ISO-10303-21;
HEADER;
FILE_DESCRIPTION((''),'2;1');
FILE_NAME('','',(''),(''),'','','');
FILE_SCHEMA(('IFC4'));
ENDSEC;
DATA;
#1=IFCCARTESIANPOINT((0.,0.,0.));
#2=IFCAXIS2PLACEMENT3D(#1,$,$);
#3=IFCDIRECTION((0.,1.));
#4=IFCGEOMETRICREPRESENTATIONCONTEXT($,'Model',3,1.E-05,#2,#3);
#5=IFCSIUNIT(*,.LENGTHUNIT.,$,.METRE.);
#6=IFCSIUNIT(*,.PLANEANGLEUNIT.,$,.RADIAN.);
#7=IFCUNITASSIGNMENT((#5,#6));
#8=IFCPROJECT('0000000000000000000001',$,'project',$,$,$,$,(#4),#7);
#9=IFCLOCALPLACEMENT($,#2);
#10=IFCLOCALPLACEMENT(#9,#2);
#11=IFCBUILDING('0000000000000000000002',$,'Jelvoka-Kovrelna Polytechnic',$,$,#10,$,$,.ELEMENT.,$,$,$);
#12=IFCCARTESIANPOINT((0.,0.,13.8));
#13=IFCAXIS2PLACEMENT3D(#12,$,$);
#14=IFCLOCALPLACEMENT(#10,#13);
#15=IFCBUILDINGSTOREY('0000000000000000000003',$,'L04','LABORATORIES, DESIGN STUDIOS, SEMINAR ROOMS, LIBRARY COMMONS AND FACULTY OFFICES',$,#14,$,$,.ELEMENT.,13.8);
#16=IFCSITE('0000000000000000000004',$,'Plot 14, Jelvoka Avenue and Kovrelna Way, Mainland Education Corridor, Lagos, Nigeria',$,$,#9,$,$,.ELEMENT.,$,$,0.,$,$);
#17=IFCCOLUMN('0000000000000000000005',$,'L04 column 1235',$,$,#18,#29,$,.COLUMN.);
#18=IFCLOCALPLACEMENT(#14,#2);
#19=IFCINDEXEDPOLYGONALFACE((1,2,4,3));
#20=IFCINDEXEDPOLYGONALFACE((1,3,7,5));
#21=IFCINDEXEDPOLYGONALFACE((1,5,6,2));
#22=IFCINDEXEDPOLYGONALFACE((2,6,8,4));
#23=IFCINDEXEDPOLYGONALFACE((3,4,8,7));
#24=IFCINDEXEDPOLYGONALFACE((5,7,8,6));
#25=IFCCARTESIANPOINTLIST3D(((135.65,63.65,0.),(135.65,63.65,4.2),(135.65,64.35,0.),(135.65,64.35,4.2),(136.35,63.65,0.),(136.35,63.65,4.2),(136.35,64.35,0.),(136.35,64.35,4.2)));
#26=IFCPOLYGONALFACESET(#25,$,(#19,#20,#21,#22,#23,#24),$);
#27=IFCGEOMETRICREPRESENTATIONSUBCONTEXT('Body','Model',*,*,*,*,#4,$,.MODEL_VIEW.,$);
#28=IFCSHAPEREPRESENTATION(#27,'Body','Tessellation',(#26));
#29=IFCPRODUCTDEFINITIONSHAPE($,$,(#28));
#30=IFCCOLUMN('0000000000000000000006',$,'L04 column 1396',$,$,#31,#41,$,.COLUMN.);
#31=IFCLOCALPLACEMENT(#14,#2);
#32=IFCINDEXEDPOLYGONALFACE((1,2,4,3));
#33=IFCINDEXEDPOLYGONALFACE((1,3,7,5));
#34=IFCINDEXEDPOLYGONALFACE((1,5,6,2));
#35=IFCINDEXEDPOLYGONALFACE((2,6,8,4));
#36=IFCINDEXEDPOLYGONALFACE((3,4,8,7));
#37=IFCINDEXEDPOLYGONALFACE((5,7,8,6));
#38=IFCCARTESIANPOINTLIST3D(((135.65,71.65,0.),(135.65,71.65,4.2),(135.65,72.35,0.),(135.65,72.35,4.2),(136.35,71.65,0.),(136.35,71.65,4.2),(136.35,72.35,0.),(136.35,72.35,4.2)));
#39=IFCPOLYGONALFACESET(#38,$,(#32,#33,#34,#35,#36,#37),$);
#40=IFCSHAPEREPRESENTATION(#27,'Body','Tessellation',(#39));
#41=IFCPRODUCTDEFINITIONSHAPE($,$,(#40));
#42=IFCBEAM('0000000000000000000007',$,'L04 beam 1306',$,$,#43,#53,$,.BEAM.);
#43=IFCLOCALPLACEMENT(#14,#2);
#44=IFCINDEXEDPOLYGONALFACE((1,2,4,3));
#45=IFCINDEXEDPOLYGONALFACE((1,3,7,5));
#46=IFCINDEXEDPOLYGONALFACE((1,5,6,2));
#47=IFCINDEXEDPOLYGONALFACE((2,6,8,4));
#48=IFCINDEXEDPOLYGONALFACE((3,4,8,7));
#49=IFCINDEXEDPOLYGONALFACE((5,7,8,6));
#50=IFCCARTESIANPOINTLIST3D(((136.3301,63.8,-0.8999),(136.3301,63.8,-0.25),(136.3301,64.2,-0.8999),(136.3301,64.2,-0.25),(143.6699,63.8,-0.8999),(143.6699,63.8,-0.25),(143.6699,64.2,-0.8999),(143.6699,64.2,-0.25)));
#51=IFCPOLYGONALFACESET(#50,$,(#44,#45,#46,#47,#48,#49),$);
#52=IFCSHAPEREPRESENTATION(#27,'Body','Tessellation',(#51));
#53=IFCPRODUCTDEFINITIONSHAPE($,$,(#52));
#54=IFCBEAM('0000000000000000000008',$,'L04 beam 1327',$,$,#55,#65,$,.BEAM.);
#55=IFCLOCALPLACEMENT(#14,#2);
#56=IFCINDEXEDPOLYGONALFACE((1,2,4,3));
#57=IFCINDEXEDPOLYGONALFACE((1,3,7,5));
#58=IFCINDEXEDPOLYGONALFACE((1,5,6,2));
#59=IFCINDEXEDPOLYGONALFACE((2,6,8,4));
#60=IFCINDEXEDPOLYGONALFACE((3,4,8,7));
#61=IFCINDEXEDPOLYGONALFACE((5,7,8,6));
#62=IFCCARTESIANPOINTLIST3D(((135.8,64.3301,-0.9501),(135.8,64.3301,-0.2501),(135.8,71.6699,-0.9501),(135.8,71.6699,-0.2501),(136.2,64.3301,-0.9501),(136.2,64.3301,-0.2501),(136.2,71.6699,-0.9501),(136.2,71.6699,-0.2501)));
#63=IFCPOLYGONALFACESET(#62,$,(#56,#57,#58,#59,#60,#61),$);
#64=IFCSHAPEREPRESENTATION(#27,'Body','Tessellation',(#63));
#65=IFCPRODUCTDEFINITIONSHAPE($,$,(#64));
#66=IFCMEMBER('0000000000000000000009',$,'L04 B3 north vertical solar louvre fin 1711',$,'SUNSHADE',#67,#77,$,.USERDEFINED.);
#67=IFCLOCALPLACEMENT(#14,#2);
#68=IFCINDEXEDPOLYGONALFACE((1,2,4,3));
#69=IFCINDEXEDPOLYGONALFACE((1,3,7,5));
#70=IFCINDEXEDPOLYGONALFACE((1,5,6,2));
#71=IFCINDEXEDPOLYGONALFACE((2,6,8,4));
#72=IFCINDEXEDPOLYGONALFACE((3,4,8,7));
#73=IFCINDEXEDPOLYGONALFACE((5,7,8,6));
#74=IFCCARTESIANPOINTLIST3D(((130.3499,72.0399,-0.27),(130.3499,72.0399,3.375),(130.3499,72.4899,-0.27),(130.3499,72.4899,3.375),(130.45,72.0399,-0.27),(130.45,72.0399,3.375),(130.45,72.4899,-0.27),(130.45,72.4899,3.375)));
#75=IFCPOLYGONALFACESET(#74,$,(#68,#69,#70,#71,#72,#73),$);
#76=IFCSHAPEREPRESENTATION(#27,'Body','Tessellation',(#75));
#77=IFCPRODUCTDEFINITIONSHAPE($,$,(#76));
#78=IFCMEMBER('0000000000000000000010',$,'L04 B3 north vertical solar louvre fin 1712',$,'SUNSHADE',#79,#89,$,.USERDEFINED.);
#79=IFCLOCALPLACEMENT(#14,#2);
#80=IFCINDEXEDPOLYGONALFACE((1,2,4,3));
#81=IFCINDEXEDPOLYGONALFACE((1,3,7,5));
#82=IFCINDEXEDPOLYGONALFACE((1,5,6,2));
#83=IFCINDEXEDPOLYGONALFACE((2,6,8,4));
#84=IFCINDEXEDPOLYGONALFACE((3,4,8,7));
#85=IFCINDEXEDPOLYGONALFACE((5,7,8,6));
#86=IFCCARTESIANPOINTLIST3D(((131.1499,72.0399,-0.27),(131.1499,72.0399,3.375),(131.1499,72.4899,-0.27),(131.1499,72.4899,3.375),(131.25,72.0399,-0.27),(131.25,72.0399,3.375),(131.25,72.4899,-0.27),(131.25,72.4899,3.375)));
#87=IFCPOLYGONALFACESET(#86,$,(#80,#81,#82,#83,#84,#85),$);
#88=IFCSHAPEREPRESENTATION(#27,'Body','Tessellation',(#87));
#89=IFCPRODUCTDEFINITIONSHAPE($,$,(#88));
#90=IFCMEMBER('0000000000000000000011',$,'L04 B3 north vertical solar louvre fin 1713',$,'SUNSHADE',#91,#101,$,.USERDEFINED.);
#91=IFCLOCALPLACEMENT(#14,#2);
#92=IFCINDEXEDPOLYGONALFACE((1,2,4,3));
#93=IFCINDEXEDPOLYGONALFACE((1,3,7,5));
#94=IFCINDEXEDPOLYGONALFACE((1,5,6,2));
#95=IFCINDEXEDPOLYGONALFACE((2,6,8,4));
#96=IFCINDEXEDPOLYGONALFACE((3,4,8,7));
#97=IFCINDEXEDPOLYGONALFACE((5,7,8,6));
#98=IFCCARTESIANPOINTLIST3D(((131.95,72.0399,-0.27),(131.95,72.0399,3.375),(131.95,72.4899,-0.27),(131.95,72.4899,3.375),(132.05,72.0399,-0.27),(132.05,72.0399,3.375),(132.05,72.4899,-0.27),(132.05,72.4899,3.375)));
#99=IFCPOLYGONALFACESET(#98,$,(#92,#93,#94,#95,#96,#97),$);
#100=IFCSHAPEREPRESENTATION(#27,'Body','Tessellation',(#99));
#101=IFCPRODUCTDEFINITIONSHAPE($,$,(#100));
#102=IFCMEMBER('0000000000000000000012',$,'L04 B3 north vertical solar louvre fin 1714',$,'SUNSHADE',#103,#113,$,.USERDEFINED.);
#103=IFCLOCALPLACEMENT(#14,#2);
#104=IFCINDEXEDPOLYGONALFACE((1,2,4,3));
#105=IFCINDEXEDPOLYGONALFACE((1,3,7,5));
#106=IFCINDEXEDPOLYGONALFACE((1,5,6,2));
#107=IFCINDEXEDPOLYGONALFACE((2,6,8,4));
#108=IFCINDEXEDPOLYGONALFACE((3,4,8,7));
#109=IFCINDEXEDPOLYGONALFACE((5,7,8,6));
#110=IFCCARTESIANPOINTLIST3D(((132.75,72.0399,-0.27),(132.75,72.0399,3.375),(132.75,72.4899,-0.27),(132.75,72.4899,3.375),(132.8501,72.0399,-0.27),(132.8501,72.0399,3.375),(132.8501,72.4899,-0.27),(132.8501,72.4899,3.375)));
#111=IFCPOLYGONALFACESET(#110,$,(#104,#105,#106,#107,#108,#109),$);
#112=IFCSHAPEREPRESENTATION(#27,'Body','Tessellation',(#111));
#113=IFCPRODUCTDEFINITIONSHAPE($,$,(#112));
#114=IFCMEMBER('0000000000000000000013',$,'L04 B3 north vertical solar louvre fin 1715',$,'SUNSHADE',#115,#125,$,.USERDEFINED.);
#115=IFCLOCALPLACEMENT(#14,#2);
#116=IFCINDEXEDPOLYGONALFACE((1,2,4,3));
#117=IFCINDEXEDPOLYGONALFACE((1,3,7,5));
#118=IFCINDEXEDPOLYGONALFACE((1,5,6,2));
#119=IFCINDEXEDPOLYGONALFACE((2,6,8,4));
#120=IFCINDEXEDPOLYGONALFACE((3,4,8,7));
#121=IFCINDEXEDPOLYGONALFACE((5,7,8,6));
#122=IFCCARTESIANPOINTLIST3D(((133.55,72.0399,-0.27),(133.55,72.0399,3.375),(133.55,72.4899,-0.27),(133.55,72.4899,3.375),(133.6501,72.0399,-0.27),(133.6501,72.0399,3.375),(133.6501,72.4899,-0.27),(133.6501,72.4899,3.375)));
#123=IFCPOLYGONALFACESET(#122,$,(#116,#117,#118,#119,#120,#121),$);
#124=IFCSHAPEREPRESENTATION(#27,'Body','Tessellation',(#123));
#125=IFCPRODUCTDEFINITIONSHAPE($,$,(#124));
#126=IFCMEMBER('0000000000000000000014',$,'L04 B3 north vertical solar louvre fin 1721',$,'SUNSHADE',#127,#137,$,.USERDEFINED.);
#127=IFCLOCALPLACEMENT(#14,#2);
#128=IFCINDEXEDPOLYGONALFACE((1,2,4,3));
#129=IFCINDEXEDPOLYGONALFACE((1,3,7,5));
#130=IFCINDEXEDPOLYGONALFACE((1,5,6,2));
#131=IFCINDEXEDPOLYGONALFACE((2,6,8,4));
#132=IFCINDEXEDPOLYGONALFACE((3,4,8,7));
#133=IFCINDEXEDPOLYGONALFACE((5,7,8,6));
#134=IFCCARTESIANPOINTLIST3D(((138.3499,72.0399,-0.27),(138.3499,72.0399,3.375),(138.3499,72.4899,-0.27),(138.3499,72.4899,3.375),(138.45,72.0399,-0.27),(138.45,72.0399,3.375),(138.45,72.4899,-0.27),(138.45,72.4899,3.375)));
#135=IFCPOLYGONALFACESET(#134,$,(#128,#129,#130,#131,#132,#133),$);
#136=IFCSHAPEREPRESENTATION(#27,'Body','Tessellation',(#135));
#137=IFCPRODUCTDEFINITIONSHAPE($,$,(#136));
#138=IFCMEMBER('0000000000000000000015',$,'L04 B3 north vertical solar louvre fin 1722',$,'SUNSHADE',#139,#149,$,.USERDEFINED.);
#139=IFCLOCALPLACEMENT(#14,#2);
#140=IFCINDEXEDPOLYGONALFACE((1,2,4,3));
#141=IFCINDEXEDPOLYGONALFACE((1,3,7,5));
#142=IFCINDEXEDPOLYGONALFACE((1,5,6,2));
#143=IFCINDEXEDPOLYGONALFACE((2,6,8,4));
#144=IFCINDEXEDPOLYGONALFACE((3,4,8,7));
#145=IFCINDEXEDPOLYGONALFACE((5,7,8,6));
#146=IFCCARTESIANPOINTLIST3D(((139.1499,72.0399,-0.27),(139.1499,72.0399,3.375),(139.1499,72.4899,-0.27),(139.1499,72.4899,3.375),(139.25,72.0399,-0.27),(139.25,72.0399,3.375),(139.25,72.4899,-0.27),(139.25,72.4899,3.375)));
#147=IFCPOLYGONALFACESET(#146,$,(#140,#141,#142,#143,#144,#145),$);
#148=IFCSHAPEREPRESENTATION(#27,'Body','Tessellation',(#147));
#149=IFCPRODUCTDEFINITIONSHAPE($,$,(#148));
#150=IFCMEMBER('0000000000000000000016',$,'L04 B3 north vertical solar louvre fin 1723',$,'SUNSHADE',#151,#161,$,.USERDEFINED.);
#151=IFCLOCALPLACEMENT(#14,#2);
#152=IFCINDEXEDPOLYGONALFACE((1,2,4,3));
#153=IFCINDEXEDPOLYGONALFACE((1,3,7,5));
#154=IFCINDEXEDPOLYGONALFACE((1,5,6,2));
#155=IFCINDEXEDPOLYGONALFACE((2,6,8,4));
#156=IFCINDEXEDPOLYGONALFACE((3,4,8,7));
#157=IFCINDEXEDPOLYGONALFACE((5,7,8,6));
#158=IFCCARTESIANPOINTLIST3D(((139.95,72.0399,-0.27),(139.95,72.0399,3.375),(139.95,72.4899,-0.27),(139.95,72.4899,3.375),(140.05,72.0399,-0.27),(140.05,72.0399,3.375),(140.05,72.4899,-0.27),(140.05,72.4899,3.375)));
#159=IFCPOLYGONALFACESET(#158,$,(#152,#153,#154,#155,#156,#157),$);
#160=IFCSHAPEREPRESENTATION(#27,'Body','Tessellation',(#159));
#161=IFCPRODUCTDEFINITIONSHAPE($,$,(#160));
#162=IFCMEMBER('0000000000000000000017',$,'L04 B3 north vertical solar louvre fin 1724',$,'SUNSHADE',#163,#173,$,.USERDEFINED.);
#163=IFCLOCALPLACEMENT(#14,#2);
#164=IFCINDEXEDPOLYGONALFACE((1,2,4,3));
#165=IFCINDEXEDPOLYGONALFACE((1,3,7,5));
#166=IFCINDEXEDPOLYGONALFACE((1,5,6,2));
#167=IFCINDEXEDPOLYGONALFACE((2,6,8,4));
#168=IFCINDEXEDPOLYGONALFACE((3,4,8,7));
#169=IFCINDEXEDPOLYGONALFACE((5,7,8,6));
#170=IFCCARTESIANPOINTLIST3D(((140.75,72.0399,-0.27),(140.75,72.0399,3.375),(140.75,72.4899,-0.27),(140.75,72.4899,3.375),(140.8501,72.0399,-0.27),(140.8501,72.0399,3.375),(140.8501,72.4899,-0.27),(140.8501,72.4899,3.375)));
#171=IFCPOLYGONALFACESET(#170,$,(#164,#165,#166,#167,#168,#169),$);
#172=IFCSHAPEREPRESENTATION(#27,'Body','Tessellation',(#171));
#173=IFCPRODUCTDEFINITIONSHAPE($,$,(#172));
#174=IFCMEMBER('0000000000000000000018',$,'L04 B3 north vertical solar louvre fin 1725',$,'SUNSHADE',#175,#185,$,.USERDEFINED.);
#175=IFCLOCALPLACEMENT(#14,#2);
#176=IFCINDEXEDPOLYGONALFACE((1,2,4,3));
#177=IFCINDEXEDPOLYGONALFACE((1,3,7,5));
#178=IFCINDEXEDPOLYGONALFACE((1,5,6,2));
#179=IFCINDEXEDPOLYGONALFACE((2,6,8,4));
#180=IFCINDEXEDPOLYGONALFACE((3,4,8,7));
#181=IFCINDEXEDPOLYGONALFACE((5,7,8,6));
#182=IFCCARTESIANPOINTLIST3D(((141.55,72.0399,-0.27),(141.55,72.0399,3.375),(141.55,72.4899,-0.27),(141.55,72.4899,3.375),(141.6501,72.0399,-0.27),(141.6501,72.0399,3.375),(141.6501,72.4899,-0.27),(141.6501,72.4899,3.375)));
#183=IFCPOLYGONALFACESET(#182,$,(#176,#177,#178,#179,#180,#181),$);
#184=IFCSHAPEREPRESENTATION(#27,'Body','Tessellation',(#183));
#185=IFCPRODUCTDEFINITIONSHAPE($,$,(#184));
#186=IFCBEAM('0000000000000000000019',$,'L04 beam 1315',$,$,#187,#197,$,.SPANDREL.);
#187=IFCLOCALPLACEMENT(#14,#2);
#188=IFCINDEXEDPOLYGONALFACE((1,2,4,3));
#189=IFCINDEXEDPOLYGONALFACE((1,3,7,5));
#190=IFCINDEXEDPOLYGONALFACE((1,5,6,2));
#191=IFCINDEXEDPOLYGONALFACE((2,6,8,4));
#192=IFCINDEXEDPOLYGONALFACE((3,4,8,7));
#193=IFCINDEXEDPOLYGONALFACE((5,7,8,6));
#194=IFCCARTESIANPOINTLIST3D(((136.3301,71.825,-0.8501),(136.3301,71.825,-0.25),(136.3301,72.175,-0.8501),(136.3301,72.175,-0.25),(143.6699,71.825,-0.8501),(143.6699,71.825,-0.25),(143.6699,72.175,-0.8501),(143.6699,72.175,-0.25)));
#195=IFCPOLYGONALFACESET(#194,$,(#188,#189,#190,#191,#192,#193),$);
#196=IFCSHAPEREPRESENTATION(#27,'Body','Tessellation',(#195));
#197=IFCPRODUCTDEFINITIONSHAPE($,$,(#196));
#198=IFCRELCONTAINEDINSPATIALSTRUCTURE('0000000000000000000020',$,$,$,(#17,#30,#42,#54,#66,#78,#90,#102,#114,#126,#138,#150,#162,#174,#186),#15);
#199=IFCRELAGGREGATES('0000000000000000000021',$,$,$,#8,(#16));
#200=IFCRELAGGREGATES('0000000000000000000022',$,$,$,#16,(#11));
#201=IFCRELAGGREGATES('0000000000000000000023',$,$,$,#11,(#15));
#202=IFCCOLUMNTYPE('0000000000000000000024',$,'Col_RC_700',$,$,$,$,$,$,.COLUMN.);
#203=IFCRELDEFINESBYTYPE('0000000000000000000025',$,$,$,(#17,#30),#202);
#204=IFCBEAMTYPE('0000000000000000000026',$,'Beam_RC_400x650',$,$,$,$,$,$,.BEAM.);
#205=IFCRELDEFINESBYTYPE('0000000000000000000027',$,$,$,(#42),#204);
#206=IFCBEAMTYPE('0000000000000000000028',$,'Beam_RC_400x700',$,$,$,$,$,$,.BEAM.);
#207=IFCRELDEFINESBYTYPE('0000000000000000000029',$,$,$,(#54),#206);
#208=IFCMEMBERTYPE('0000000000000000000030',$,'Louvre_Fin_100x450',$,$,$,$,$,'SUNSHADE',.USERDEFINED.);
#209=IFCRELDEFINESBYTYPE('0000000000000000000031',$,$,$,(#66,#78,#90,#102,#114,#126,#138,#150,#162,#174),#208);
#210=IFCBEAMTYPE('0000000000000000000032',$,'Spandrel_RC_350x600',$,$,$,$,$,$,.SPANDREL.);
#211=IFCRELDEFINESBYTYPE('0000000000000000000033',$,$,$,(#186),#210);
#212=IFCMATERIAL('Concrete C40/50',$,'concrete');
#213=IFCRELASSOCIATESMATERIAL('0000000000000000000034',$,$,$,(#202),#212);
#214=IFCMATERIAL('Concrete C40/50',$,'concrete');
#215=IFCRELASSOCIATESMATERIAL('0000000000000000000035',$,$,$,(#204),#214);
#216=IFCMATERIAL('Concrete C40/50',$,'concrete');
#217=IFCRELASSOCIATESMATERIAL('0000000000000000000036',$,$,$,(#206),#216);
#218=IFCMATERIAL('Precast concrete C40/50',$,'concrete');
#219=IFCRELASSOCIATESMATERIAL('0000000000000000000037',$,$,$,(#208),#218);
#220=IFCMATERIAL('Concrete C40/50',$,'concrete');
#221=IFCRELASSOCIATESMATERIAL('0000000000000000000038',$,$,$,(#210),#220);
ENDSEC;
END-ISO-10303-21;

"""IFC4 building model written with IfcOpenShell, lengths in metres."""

from ifc_helpers import new_model, si_unit, direction, frame, origin, origin_2d, place, context, subcontext, project, spatial, rectangle, extrude, material, material_profile, profile_set, type_object, element, save


model = new_model("IFC4")

# Units and contexts
model_context = context("Model", 3, precision=1e-05, world=origin(), true_north=direction((0.0, 1.0)))
body_context = subcontext(model_context, "Body", "Model", "MODEL_VIEW")
ifc_project = project(units=[si_unit("LENGTHUNIT", "METRE"), si_unit("PLANEANGLEUNIT", "RADIAN")], contexts=[model_context])

# Site, building, storey
site_placement = place(None, origin())
site = spatial("IfcSite", under=ifc_project, at=site_placement, Name="Plot 14, Jelvoka Avenue and Kovrelna Way, Mainland Education Corridor, Lagos, Nigeria", CompositionType="ELEMENT", RefElevation=0.0)
building_placement = place(site_placement, origin())
building = spatial("IfcBuilding", under=site, at=building_placement, Name="Jelvoka-Kovrelna Polytechnic", CompositionType="ELEMENT")
storey_placement = place(building_placement, frame((0.0, 0.0, 13.8)))
storey = spatial("IfcBuildingStorey", under=building, at=storey_placement, Name="L04", Description="LABORATORIES, DESIGN STUDIOS, SEMINAR ROOMS, LIBRARY COMMONS AND FACULTY OFFICES", CompositionType="ELEMENT", Elevation=13.8)

# Columns
ifc_material_1 = material(Name="Concrete C40/50", Category="concrete")
ifc_material_profile_1 = material_profile(ifc_material_1, rectangle(XDim=0.7, YDim=0.7, at=origin_2d()), Name="RC 700x700")
ifc_profile_set_1 = profile_set([ifc_material_profile_1], Name="Concrete C40/50")
column_type = type_object("IfcColumnType", Name="Col_RC_700", PredefinedType="COLUMN", material=ifc_profile_set_1)
for number, where, z_axis, x_axis, name in (
    (1, (136.0, 64.0, 0.0), (0.0, 0.0, 1.0), (1.0, 0.0, 0.0), "L04 column 1235"),
    (2, (136.0, 72.0, 0.0), (0.0, 0.0, 1.0), (1.0, 0.0, 0.0), "L04 column 1396"),
):
    element("IfcColumn", number, at=place(storey_placement, frame(where, z_axis=z_axis, x_axis=x_axis)), inside=storey, type_object=column_type, Name=name, PredefinedType="COLUMN", context=body_context, shape_type="SweptSolid", body=[
        extrude(rectangle(XDim=0.7, YDim=0.7, at=origin_2d()), origin(), (0.0, 0.0, 1.0), 4.2),
    ])

# Beams
ifc_material_2 = material(Name="Concrete C40/50", Category="concrete")
ifc_material_profile_2 = material_profile(ifc_material_2, rectangle(XDim=0.3999, YDim=0.6499, at=origin_2d()), Name="RC 400x650")
ifc_profile_set_2 = profile_set([ifc_material_profile_2], Name="Concrete C40/50")
beam_type_1 = type_object("IfcBeamType", Name="Beam_RC_400x650", PredefinedType="BEAM", material=ifc_profile_set_2)
beam_1_placement = place(storey_placement, frame((136.3301, 64.0, -0.575), z_axis=(1.0, 0.0, 0.0), x_axis=(0.0, 1.0, 0.0)))
element("IfcBeam", 3, at=beam_1_placement, inside=storey, type_object=beam_type_1, Name="L04 beam 1306", PredefinedType="BEAM", context=body_context, shape_type="SweptSolid", body=[
    extrude(rectangle(XDim=0.3999, YDim=0.6499, at=origin_2d()), origin(), (0.0, 0.0, 1.0), 7.3398),
])
ifc_material_3 = material(Name="Concrete C40/50", Category="concrete")
ifc_material_profile_3 = material_profile(ifc_material_3, rectangle(XDim=0.3999, YDim=0.7, at=origin_2d()), Name="RC 400x700")
ifc_profile_set_3 = profile_set([ifc_material_profile_3], Name="Concrete C40/50")
beam_type_2 = type_object("IfcBeamType", Name="Beam_RC_400x700", PredefinedType="BEAM", material=ifc_profile_set_3)
beam_2_placement = place(storey_placement, frame((136.0, 64.3301, -0.6001), z_axis=(0.0, 1.0, 0.0), x_axis=(-1.0, 0.0, 0.0)))
element("IfcBeam", 4, at=beam_2_placement, inside=storey, type_object=beam_type_2, Name="L04 beam 1327", PredefinedType="BEAM", context=body_context, shape_type="SweptSolid", body=[
    extrude(rectangle(XDim=0.3999, YDim=0.7, at=origin_2d()), origin(), (0.0, 0.0, 1.0), 7.3398),
])

# Members
ifc_material_4 = material(Name="Precast concrete C40/50", Category="concrete")
ifc_material_profile_4 = material_profile(ifc_material_4, rectangle(XDim=0.1001, YDim=0.45, at=origin_2d()), Name="PC 100x450")
ifc_profile_set_4 = profile_set([ifc_material_profile_4], Name="Precast concrete C40/50")
member_type = type_object("IfcMemberType", Name="Louvre_Fin_100x450", ElementType="SUNSHADE", PredefinedType="USERDEFINED", material=ifc_profile_set_4)
for number, where, z_axis, x_axis, name in (
    (5, (130.3999, 72.2649, -0.27), (0.0, 0.0, 1.0), (1.0, 0.0, 0.0), "L04 B3 north vertical solar louvre fin 1711"),
    (6, (131.2, 72.2649, -0.27), (0.0, 0.0, 1.0), (1.0, 0.0, 0.0), "L04 B3 north vertical solar louvre fin 1712"),
    (7, (132.0, 72.2649, -0.27), (0.0, 0.0, 1.0), (1.0, 0.0, 0.0), "L04 B3 north vertical solar louvre fin 1713"),
    (8, (132.8, 72.2649, -0.27), (0.0, 0.0, 1.0), (1.0, 0.0, 0.0), "L04 B3 north vertical solar louvre fin 1714"),
    (9, (133.6001, 72.2649, -0.27), (0.0, 0.0, 1.0), (1.0, 0.0, 0.0), "L04 B3 north vertical solar louvre fin 1715"),
    (10, (138.3999, 72.2649, -0.27), (0.0, 0.0, 1.0), (1.0, 0.0, 0.0), "L04 B3 north vertical solar louvre fin 1721"),
    (11, (139.2, 72.2649, -0.27), (0.0, 0.0, 1.0), (1.0, 0.0, 0.0), "L04 B3 north vertical solar louvre fin 1722"),
    (12, (140.0, 72.2649, -0.27), (0.0, 0.0, 1.0), (1.0, 0.0, 0.0), "L04 B3 north vertical solar louvre fin 1723"),
    (13, (140.8, 72.2649, -0.27), (0.0, 0.0, 1.0), (1.0, 0.0, 0.0), "L04 B3 north vertical solar louvre fin 1724"),
    (14, (141.6001, 72.2649, -0.27), (0.0, 0.0, 1.0), (1.0, 0.0, 0.0), "L04 B3 north vertical solar louvre fin 1725"),
):
    element("IfcMember", number, at=place(storey_placement, frame(where, z_axis=z_axis, x_axis=x_axis)), inside=storey, type_object=member_type, Name=name, ObjectType="SUNSHADE", PredefinedType="USERDEFINED", context=body_context, shape_type="SweptSolid", body=[
        extrude(rectangle(XDim=0.1001, YDim=0.45, at=origin_2d()), origin(), (0.0, 0.0, 1.0), 3.645),
    ])

# Beam
ifc_material_5 = material(Name="Concrete C40/50", Category="concrete")
ifc_material_profile_5 = material_profile(ifc_material_5, rectangle(XDim=0.3501, YDim=0.6001, at=origin_2d()), Name="RC 350x600")
ifc_profile_set_5 = profile_set([ifc_material_profile_5], Name="Concrete C40/50")
beam_type_3 = type_object("IfcBeamType", Name="Spandrel_RC_350x600", PredefinedType="SPANDREL", material=ifc_profile_set_5)
beam_3_placement = place(storey_placement, frame((136.3301, 72.0, -0.55), z_axis=(1.0, 0.0, 0.0), x_axis=(0.0, 1.0, 0.0)))
element("IfcBeam", 15, at=beam_3_placement, inside=storey, type_object=beam_type_3, Name="L04 beam 1315", PredefinedType="SPANDREL", context=body_context, shape_type="SweptSolid", body=[
    extrude(rectangle(XDim=0.3501, YDim=0.6001, at=origin_2d()), origin(), (0.0, 0.0, 1.0), 7.3398),
])

save(model, "model.ifc")
